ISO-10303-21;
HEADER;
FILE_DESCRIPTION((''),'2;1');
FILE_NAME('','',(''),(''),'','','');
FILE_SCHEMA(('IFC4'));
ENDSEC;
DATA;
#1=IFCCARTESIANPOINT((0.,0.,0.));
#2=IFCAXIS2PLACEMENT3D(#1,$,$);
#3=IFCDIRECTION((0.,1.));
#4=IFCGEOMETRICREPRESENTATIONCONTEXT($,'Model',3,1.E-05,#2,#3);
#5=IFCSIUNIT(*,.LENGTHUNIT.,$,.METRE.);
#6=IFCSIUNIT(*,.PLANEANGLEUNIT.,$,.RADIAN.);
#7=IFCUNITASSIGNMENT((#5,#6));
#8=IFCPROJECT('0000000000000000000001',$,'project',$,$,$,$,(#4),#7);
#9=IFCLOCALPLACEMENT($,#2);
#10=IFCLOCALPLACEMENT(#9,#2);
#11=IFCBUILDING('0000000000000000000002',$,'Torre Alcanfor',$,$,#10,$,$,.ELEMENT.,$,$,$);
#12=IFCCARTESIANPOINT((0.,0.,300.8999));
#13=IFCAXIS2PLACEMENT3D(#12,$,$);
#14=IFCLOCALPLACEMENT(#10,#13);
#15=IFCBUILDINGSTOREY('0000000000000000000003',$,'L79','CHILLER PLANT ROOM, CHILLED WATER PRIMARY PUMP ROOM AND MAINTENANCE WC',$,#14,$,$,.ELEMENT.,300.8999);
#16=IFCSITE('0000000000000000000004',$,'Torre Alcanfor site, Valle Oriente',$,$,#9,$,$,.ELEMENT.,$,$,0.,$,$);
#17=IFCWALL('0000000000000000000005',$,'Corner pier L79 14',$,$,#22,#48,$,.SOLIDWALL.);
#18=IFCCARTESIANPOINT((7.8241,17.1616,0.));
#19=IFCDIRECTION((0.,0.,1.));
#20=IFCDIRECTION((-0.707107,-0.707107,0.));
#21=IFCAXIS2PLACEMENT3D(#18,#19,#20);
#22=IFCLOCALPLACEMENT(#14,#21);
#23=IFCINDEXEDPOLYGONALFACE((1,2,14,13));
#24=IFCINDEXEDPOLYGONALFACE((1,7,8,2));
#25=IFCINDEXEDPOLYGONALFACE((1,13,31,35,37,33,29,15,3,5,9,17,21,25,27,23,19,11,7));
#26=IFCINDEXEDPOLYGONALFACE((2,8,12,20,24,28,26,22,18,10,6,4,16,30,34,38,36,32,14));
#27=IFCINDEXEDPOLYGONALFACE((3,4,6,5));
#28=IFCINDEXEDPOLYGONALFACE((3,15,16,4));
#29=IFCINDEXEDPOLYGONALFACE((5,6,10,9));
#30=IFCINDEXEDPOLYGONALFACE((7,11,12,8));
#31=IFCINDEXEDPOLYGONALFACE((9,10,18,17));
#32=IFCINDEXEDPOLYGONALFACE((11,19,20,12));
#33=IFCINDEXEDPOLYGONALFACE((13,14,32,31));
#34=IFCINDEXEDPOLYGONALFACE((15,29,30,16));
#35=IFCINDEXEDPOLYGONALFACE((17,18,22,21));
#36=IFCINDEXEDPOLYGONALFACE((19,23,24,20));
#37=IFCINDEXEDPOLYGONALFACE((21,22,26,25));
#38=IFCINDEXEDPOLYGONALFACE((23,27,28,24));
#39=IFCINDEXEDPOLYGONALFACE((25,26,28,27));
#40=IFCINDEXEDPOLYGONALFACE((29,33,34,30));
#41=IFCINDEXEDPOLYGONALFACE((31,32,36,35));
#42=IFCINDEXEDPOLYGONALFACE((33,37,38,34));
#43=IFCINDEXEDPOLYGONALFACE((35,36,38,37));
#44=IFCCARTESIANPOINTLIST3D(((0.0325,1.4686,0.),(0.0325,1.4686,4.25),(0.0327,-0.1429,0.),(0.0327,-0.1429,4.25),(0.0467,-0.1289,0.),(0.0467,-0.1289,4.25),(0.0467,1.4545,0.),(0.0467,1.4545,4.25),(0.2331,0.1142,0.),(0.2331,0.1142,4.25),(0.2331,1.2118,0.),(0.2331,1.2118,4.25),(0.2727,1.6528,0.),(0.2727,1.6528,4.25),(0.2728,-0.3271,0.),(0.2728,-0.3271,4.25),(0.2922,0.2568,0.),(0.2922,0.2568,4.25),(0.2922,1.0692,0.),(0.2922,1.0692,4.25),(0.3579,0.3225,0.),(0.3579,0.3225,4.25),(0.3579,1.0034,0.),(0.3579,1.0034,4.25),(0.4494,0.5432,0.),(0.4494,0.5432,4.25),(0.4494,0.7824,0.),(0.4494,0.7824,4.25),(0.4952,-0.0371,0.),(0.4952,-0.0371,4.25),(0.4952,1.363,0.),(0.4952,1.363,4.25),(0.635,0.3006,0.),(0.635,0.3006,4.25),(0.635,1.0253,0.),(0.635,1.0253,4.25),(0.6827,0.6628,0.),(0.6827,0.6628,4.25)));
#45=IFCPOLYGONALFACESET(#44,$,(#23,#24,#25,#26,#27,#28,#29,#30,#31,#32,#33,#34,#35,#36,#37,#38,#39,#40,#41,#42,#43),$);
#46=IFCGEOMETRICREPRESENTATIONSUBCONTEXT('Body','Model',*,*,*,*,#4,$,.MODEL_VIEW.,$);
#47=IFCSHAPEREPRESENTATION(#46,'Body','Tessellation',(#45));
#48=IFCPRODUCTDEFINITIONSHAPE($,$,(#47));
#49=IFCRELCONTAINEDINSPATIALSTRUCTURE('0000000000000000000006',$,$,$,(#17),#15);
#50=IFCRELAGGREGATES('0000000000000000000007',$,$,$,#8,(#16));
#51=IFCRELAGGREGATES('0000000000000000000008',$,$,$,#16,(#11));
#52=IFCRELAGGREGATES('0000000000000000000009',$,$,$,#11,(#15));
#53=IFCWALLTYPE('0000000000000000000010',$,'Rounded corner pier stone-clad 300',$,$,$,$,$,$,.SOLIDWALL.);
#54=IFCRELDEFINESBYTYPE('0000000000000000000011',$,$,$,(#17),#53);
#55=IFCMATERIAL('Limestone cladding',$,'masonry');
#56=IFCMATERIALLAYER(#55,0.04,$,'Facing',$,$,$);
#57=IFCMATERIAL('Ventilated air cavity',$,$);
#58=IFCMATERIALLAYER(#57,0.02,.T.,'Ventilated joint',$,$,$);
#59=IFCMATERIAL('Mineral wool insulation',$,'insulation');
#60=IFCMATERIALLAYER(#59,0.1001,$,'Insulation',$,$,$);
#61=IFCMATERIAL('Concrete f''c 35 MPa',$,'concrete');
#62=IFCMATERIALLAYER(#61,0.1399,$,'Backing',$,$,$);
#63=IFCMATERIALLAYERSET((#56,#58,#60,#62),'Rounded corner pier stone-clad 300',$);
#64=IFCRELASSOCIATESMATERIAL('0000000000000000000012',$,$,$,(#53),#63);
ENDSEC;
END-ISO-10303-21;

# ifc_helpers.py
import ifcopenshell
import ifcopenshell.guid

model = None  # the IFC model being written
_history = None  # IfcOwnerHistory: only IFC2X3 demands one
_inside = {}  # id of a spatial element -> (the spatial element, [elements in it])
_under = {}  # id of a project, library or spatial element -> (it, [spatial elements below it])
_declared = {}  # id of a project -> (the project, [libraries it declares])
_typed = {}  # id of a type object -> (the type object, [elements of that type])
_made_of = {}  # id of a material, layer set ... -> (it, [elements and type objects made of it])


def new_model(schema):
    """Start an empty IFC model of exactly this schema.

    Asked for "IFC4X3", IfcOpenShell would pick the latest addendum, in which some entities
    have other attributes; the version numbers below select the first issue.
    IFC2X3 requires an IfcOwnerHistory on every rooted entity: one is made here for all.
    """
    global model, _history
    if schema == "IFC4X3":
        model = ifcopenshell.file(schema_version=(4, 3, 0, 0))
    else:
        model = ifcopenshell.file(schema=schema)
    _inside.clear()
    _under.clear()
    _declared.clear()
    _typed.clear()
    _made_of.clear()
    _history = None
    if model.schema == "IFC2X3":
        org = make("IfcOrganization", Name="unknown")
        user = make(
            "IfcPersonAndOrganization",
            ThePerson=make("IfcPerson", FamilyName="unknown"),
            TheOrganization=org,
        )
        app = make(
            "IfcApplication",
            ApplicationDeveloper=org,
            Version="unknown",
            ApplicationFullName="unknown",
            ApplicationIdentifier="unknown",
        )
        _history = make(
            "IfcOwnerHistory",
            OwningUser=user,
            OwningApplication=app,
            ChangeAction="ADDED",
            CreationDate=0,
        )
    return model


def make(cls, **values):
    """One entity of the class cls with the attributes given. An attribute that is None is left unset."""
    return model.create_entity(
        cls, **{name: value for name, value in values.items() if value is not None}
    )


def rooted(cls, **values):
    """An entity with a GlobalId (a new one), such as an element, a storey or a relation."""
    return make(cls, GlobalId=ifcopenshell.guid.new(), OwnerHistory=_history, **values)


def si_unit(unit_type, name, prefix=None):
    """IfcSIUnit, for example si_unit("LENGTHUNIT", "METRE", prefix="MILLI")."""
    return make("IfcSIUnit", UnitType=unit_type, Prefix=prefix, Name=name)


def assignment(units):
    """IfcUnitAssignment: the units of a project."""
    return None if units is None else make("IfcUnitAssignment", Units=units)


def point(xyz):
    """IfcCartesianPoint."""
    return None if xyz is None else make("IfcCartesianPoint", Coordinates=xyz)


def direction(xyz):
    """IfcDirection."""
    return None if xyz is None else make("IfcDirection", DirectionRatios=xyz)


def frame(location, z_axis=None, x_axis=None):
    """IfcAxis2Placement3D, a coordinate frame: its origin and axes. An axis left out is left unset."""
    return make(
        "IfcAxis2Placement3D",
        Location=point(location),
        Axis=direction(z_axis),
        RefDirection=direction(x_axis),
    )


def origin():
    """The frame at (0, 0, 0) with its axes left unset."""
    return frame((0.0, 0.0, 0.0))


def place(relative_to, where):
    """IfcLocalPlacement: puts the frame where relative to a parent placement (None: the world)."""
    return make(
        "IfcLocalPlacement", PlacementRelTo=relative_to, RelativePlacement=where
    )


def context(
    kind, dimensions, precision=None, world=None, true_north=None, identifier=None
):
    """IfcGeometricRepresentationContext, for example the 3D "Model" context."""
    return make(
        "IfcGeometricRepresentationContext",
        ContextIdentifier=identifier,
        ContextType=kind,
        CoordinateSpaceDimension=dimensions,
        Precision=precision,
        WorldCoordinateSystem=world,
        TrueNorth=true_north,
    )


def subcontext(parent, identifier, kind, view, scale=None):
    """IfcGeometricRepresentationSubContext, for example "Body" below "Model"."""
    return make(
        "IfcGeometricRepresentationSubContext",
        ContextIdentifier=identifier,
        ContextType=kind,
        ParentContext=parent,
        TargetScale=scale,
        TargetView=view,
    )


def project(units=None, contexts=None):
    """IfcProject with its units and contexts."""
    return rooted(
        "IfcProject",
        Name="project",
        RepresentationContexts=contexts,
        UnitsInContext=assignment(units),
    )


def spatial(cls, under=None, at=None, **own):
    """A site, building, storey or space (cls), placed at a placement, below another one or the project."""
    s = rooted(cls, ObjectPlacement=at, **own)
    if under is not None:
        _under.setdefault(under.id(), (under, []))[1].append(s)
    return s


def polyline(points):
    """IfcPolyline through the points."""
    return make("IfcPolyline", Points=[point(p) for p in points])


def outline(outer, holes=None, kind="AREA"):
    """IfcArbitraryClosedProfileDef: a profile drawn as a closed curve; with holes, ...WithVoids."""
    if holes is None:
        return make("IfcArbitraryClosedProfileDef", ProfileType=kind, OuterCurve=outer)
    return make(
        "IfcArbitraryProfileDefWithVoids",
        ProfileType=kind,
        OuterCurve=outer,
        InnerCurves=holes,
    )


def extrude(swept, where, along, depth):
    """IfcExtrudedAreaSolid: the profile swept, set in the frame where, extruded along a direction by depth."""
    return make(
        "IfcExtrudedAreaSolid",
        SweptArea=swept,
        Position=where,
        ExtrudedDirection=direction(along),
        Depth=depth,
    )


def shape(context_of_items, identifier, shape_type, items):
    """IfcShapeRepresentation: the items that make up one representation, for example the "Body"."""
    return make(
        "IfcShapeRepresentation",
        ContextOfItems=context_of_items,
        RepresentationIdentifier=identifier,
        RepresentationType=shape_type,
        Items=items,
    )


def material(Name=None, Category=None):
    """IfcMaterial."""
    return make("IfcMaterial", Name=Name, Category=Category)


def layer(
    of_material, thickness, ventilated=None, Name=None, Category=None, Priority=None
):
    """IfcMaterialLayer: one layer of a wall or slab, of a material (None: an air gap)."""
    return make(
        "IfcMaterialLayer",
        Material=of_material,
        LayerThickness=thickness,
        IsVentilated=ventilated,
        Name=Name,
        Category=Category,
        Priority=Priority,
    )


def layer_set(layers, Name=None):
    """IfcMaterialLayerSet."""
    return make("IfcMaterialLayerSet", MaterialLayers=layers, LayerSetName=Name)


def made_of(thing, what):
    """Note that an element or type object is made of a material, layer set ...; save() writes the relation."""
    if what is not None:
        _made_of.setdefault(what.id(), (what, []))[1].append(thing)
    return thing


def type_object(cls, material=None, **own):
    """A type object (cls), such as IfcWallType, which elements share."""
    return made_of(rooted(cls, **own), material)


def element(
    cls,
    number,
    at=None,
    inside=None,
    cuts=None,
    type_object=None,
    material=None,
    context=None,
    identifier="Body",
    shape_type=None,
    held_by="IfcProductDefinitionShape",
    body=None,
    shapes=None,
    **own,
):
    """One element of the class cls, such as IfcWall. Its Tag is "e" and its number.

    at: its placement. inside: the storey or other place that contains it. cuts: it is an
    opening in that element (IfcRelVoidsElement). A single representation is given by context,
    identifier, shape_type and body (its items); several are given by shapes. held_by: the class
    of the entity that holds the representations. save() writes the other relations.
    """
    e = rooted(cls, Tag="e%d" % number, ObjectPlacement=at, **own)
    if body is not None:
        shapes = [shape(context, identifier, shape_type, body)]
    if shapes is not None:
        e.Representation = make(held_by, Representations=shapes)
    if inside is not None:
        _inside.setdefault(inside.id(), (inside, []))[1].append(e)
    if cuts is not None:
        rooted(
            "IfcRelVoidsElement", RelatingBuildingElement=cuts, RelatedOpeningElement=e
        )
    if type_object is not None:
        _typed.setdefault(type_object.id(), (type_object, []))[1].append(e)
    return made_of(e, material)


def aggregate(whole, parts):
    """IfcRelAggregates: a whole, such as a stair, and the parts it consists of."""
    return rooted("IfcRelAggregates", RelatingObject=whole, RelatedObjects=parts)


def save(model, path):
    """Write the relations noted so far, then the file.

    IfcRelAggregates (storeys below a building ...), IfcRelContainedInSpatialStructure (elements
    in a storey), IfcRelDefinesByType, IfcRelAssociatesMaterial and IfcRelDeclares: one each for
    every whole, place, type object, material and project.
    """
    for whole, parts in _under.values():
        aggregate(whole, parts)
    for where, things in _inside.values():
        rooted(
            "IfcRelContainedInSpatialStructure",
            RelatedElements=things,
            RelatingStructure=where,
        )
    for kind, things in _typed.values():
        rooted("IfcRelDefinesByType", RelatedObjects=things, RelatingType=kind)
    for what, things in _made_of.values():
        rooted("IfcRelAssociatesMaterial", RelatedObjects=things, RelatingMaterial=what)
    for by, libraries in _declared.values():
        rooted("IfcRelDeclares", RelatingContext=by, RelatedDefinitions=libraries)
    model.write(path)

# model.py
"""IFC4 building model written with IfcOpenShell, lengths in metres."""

from ifc_helpers import new_model, si_unit, direction, frame, origin, place, context, subcontext, project, spatial, polyline, outline, extrude, material, layer, layer_set, type_object, element, save


model = new_model("IFC4")

# Units and contexts
model_context = context("Model", 3, precision=1e-05, world=origin(), true_north=direction((0.0, 1.0)))
body_context = subcontext(model_context, "Body", "Model", "MODEL_VIEW")
ifc_project = project(units=[si_unit("LENGTHUNIT", "METRE"), si_unit("PLANEANGLEUNIT", "RADIAN")], contexts=[model_context])

# Site, building, storey
site_placement = place(None, origin())
site = spatial("IfcSite", under=ifc_project, at=site_placement, Name="Torre Alcanfor site, Valle Oriente", CompositionType="ELEMENT", RefElevation=0.0)
building_placement = place(site_placement, origin())
building = spatial("IfcBuilding", under=site, at=building_placement, Name="Torre Alcanfor", CompositionType="ELEMENT")
storey_placement = place(building_placement, frame((0.0, 0.0, 300.8999)))
storey = spatial("IfcBuildingStorey", under=building, at=storey_placement, Name="L79", Description="CHILLER PLANT ROOM, CHILLED WATER PRIMARY PUMP ROOM AND MAINTENANCE WC", CompositionType="ELEMENT", Elevation=300.8999)

# Wall
ifc_material_1 = material(Name="Limestone cladding", Category="masonry")
ifc_layer_1 = layer(ifc_material_1, 0.04, Name="Facing")
ifc_material_2 = material(Name="Ventilated air cavity")
ifc_layer_2 = layer(ifc_material_2, 0.02, ventilated=True, Name="Ventilated joint")
ifc_material_3 = material(Name="Mineral wool insulation", Category="insulation")
ifc_layer_3 = layer(ifc_material_3, 0.1001, Name="Insulation")
ifc_material_4 = material(Name="Concrete f'c 35 MPa", Category="concrete")
ifc_layer_4 = layer(ifc_material_4, 0.1399, Name="Backing")
ifc_layer_set_1 = layer_set([ifc_layer_1, ifc_layer_2, ifc_layer_3, ifc_layer_4], Name="Rounded corner pier stone-clad 300")
wall_type_1 = type_object("IfcWallType", Name="Rounded corner pier stone-clad 300", PredefinedType="SOLIDWALL", material=ifc_layer_set_1)
wall_1_placement = place(storey_placement, frame((7.8241, 17.1616, 0.0), z_axis=(0.0, 0.0, 1.0), x_axis=(-0.707107, -0.707107, 0.0)))
element("IfcWall", 1, at=wall_1_placement, inside=storey, type_object=wall_type_1, Name="Corner pier L79 14", PredefinedType="SOLIDWALL", context=body_context, shape_type="SweptSolid", body=[
    extrude(outline(polyline([(0.0467, 1.4545), (0.2331, 1.2118), (0.2922, 1.0692), (0.3579, 1.0034), (0.4494, 0.7824), (0.4494, 0.5432), (0.3579, 0.3225), (0.2922, 0.2568), (0.2331, 0.1142), (0.0467, -0.1289), (0.0327, -0.1429), (0.2728, -0.3271), (0.4952, -0.0371), (0.635, 0.3006), (0.6827, 0.6628), (0.635, 1.0253), (0.4952, 1.363), (0.2727, 1.6528), (0.0325, 1.4686), (0.0467, 1.4545)])), origin(), (0.0, 0.0, 1.0), 4.25),
])

save(model, "model.ifc")
